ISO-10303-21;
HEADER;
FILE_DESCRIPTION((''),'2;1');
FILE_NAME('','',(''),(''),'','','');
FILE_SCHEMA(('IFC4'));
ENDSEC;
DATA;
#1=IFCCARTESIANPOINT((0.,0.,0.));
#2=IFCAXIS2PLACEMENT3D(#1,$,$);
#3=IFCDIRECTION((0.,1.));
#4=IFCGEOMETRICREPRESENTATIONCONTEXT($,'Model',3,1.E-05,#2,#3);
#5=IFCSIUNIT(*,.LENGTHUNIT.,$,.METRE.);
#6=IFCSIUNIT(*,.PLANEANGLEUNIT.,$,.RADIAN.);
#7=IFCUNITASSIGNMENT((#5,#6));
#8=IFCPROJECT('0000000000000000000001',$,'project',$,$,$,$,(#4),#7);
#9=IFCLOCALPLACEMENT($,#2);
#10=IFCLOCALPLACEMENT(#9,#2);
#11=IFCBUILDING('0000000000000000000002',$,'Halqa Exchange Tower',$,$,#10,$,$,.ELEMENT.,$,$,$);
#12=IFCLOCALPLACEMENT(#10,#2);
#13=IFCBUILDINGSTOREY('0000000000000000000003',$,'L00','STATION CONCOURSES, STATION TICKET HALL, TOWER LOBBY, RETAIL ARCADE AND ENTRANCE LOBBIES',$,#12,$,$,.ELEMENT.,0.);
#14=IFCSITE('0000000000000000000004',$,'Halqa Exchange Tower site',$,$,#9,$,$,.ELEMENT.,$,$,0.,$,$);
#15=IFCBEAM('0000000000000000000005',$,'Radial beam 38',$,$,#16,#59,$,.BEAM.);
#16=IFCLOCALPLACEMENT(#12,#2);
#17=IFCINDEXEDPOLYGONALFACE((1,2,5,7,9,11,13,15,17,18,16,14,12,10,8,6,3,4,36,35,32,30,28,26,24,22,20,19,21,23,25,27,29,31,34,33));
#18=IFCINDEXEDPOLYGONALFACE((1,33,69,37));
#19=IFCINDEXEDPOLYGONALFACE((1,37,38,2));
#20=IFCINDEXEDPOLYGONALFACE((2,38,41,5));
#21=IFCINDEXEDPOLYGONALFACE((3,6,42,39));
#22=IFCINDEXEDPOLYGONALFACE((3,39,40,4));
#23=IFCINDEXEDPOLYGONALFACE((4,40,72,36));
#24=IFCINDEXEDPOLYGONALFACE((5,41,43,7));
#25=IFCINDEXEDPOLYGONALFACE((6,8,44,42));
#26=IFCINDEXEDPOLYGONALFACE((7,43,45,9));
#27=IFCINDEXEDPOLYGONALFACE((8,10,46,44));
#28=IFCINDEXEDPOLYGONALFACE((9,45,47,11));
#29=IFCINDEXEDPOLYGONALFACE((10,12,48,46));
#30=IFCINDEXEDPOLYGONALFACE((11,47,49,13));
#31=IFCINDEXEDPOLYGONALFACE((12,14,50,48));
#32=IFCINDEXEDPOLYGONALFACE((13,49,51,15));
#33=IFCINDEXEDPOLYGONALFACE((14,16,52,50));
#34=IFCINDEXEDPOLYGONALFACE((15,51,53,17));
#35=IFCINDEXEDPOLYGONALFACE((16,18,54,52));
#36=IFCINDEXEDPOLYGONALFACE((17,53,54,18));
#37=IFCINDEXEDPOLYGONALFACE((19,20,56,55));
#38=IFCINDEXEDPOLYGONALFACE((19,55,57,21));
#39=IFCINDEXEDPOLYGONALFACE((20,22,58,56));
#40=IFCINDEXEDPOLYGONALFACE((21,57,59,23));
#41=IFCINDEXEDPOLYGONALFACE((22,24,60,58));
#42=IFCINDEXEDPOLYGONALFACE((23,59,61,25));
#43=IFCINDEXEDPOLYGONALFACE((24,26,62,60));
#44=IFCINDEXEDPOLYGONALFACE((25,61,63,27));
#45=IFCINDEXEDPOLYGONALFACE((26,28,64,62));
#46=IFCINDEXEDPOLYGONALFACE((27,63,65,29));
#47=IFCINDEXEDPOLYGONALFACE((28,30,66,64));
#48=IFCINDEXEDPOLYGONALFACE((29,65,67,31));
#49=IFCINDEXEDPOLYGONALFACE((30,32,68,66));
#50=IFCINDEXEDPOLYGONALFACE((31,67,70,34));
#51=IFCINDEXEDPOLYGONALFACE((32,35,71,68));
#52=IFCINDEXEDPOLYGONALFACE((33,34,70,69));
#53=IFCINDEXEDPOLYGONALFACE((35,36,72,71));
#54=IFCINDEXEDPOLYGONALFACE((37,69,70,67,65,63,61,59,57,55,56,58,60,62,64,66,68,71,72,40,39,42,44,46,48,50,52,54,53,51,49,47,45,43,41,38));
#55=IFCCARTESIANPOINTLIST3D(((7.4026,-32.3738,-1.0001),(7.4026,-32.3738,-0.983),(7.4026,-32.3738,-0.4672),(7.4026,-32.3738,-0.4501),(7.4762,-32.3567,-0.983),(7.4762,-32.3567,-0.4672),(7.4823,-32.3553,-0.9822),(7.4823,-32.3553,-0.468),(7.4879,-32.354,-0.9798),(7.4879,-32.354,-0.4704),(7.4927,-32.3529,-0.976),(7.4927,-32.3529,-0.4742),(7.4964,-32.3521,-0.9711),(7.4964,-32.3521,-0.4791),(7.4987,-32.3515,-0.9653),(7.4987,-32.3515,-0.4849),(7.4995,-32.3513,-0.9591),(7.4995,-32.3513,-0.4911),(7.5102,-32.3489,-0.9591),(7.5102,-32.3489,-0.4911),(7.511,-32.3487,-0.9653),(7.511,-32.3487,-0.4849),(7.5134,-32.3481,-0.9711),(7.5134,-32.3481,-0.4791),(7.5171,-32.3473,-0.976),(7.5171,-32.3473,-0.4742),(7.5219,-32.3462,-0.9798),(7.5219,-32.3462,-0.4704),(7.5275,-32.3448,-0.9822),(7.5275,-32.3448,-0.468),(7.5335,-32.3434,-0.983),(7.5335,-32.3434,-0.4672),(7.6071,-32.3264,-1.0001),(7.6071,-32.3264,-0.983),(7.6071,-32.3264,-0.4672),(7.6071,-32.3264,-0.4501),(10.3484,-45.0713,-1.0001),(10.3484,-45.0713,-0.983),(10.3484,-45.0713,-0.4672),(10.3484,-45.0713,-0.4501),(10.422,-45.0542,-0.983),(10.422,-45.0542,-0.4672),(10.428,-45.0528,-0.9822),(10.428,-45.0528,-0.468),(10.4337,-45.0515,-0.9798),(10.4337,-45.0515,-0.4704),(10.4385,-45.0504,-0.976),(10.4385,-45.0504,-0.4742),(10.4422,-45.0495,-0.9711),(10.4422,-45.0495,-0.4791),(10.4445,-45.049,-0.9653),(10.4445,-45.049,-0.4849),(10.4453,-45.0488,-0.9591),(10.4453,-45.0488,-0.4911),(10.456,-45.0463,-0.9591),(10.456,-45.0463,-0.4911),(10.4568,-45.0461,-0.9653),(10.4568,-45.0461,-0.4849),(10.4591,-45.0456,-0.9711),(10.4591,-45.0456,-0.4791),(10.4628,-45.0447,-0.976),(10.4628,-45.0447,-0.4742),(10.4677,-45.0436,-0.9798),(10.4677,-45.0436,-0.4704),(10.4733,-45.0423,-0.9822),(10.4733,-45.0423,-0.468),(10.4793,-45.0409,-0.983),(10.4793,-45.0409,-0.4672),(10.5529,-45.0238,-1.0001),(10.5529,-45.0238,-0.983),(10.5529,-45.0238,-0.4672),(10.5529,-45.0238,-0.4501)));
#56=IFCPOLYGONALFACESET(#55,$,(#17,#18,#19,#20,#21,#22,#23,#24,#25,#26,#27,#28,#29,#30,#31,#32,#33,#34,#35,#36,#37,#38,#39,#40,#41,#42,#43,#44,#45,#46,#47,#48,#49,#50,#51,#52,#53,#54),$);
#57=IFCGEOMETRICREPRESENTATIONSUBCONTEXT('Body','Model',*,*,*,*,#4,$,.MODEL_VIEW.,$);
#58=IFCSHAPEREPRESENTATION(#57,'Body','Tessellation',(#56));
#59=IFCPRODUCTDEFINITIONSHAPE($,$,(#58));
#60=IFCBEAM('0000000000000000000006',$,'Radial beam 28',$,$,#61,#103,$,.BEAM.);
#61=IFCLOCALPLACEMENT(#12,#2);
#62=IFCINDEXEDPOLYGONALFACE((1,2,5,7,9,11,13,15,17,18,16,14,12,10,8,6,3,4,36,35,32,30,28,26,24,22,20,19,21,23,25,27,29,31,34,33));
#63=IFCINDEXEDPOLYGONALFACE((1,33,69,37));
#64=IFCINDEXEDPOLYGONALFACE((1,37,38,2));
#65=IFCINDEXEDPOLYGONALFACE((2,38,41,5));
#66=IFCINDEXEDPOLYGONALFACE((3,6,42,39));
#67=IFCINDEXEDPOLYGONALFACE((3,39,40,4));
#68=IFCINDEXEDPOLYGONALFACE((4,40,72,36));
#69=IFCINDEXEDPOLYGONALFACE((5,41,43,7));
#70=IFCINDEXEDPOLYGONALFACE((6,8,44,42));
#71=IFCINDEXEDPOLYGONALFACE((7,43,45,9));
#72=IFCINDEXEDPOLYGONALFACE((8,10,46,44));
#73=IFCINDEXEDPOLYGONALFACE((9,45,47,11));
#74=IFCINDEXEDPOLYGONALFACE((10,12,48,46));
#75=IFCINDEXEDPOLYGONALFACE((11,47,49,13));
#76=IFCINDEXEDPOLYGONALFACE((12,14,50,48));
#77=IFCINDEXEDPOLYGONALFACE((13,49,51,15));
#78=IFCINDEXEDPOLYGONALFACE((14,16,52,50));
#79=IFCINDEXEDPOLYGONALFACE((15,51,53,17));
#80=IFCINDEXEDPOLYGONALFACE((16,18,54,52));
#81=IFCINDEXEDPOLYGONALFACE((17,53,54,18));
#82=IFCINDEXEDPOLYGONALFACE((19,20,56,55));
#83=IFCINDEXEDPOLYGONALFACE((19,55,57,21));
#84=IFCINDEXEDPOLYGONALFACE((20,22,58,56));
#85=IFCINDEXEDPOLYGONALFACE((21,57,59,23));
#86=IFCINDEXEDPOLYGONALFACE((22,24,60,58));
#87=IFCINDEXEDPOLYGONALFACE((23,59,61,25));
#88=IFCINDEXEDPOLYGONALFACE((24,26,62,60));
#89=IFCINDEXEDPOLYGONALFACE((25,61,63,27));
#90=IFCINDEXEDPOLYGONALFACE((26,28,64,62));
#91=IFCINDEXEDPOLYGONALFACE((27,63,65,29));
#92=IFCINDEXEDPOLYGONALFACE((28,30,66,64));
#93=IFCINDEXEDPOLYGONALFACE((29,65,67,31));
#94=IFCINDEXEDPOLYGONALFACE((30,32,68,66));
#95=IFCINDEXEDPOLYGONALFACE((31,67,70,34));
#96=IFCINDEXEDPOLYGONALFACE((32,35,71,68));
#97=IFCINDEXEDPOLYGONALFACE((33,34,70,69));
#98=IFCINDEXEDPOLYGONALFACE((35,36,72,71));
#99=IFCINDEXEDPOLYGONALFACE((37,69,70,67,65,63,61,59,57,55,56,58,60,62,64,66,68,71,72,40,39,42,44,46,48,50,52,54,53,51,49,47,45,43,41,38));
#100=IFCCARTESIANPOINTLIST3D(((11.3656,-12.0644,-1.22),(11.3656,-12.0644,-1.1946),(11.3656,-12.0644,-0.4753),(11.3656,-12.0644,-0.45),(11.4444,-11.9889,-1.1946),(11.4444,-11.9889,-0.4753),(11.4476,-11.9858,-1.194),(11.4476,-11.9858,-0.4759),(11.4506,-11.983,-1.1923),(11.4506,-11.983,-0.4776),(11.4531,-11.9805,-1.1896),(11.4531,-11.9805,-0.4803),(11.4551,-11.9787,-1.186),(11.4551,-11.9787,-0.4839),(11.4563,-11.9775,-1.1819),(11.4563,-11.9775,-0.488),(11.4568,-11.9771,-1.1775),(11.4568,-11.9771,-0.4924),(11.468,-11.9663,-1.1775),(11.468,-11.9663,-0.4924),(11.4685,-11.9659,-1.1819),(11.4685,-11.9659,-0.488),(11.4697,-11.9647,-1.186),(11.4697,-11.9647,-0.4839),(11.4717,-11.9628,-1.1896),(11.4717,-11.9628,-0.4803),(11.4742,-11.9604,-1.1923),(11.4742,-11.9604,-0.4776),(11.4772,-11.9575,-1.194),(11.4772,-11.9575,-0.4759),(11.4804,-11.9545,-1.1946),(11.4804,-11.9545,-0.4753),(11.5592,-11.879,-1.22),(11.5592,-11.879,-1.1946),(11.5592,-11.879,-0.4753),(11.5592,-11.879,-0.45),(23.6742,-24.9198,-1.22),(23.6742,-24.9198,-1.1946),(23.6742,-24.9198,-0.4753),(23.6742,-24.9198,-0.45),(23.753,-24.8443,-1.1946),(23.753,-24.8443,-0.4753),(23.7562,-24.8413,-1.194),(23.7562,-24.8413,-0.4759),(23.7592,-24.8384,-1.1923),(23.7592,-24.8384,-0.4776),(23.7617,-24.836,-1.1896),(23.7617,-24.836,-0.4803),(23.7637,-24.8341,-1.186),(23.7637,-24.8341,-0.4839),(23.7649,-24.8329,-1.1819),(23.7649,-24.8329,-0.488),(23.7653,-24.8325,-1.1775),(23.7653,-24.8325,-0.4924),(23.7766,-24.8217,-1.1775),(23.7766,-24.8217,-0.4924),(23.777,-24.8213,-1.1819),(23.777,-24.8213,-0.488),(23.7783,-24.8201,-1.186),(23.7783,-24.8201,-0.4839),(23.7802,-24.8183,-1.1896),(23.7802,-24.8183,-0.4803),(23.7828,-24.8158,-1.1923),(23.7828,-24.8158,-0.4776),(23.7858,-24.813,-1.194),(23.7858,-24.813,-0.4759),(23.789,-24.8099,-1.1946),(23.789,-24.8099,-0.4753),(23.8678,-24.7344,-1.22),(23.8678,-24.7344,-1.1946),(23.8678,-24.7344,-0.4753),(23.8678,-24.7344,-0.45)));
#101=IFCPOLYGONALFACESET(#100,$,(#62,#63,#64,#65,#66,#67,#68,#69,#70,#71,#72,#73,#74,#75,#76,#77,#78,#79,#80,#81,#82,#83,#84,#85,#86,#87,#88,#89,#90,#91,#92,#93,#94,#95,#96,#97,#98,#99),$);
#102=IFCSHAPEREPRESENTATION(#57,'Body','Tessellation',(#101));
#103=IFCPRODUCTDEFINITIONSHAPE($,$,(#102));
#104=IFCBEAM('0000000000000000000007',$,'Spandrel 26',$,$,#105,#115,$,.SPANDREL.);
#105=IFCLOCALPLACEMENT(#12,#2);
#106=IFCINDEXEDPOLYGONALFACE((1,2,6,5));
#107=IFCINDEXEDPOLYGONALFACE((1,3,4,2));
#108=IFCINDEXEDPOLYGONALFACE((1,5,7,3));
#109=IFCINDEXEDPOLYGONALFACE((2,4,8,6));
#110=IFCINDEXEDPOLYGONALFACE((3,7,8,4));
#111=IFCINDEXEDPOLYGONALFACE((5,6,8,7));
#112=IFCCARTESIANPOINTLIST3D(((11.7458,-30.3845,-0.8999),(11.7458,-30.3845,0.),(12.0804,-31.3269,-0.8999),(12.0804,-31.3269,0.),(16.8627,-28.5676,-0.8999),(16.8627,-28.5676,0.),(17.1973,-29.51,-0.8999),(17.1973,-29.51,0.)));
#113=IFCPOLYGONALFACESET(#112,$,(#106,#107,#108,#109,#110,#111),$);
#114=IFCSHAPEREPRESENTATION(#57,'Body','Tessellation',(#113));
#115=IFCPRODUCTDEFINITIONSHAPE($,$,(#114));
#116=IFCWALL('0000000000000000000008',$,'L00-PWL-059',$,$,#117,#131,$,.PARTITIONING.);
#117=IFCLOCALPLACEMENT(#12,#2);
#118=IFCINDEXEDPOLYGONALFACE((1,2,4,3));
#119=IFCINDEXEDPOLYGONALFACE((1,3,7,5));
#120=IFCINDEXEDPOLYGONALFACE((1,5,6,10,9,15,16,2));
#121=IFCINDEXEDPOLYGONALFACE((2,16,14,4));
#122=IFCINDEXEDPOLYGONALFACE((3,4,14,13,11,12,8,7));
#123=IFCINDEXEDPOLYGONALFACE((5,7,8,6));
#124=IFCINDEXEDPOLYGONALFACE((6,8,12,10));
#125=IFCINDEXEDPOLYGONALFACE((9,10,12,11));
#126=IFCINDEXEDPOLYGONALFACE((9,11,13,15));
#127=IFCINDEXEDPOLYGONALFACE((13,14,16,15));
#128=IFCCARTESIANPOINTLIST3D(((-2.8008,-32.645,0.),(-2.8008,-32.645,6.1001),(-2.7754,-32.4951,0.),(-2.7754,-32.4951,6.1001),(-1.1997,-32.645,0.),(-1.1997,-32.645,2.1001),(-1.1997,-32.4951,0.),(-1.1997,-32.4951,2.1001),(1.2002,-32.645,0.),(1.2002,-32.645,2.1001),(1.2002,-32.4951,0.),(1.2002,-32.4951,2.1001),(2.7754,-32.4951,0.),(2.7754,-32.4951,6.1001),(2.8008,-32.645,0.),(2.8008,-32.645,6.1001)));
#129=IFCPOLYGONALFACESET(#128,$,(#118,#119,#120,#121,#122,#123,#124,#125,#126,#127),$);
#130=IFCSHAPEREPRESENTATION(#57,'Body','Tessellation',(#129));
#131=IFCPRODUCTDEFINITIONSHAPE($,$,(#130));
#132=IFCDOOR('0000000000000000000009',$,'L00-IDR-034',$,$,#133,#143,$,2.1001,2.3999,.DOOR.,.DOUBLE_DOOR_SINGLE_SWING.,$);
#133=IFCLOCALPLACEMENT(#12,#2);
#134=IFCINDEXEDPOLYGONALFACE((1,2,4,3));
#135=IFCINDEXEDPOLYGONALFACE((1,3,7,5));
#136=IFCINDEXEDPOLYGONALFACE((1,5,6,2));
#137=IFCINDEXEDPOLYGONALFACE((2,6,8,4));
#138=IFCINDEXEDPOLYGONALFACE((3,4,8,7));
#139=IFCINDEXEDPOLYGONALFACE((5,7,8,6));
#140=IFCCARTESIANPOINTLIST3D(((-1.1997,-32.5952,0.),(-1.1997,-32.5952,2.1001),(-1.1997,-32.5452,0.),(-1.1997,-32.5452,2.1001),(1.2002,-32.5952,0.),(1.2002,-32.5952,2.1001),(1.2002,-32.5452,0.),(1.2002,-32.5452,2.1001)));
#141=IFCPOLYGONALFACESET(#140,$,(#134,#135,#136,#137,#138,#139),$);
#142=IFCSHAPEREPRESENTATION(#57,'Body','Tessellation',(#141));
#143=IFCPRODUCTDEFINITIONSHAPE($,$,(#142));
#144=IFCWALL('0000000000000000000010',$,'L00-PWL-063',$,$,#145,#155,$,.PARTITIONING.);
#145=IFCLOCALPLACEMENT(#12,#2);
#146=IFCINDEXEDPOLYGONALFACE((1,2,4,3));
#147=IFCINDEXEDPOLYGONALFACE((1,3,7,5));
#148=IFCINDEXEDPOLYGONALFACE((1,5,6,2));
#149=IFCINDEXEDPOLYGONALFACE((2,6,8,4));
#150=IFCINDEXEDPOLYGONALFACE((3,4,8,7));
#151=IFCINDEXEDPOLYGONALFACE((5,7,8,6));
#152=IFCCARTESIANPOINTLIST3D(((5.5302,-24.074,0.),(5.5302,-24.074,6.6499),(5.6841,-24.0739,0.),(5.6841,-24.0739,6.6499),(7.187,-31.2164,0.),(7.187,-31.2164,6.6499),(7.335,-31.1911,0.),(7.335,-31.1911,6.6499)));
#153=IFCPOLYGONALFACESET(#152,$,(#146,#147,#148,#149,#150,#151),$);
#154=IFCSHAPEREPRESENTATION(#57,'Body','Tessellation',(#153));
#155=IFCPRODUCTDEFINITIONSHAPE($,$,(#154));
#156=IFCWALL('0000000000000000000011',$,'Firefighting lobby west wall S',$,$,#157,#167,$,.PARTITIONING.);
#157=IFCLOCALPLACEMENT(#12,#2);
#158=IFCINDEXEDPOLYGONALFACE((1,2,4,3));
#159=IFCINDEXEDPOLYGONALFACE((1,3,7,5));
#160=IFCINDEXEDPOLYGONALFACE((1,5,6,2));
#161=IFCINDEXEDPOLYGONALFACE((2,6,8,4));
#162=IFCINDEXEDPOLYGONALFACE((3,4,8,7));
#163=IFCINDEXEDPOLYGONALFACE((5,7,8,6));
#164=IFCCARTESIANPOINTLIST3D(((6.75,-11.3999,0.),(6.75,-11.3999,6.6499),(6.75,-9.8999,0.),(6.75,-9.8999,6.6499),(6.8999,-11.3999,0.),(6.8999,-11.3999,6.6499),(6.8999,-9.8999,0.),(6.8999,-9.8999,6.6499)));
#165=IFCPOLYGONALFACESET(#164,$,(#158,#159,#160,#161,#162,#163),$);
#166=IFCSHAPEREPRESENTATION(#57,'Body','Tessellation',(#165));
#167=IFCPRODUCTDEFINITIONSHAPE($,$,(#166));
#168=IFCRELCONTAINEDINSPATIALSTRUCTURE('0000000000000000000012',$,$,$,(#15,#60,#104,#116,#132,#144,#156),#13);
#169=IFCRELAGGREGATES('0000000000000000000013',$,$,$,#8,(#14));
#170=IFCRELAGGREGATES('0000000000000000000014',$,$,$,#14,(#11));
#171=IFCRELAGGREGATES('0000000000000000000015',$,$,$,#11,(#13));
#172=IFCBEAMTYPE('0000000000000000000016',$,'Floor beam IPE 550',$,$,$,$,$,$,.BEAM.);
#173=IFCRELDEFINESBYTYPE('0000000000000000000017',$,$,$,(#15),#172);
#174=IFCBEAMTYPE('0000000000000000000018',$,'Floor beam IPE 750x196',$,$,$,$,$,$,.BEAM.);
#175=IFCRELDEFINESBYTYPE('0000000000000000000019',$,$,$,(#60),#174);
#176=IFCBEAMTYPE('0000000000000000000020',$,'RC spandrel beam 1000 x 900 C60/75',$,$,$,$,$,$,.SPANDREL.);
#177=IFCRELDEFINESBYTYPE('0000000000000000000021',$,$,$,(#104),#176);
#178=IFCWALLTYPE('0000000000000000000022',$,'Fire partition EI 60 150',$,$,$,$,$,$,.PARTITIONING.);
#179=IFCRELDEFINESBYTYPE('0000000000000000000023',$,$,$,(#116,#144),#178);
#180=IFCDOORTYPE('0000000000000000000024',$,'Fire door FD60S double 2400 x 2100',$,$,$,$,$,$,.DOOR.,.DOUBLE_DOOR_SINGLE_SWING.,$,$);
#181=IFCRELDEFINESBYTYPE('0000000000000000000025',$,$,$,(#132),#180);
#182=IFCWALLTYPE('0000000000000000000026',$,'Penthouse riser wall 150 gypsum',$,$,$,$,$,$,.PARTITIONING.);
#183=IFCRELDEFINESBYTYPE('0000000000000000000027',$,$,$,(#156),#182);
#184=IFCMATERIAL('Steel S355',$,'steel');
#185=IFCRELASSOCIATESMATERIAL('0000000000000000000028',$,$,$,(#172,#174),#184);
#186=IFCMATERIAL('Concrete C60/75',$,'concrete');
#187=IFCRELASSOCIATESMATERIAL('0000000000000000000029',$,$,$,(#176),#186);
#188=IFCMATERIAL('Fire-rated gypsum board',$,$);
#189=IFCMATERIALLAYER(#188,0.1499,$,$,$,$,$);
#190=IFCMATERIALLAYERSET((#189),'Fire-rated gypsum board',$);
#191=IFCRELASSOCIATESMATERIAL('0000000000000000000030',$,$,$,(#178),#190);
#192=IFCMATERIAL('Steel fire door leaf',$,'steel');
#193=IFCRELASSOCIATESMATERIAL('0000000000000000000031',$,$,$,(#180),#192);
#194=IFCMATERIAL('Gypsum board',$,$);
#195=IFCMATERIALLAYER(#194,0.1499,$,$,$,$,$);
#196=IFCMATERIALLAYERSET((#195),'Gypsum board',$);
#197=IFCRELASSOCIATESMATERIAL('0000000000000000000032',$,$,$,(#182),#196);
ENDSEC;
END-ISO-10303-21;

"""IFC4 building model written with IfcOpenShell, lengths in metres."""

from ifc_helpers import new_model, si_unit, direction, frame, frame_2d, origin, origin_2d, place, context, subcontext, project, spatial, polyline, rectangle, i_section, outline, extrude, material, layer, layer_set, material_profile, profile_set, type_object, element, fill, save


model = new_model("IFC4")

# Units and contexts
model_context = context("Model", 3, precision=1e-05, world=origin(), true_north=direction((0.0, 1.0)))
body_context = subcontext(model_context, "Body", "Model", "MODEL_VIEW")
ifc_project = project(units=[si_unit("LENGTHUNIT", "METRE"), si_unit("PLANEANGLEUNIT", "RADIAN")], contexts=[model_context])

# Site, building, storey
site_placement = place(None, origin())
site = spatial("IfcSite", under=ifc_project, at=site_placement, Name="Halqa Exchange Tower site", CompositionType="ELEMENT", RefElevation=0.0)
building_placement = place(site_placement, origin())
building = spatial("IfcBuilding", under=site, at=building_placement, Name="Halqa Exchange Tower", CompositionType="ELEMENT")
storey_placement = place(building_placement, origin())
storey = spatial("IfcBuildingStorey", under=building, at=storey_placement, Name="L00", Description="STATION CONCOURSES, STATION TICKET HALL, TOWER LOBBY, RETAIL ARCADE AND ENTRANCE LOBBIES", CompositionType="ELEMENT", Elevation=0.0)

# Beams
ifc_material_1 = material(Name="Steel S355", Category="steel")
ifc_material_profile_1 = material_profile(ifc_material_1, i_section(OverallWidth=0.21, OverallDepth=0.55, WebThickness=0.011, FlangeThickness=0.0171, FilletRadius=0.0239, at=origin_2d()), Name="IPE 550")
ifc_profile_set_1 = profile_set([ifc_material_profile_1], Name="Steel S355")
beam_type_1 = type_object("IfcBeamType", Name="Floor beam IPE 550", PredefinedType="BEAM", material=ifc_profile_set_1)
beam_1_placement = place(storey_placement, frame((7.5049, -32.3501, -0.7251), z_axis=(0.225996, -0.974128, 0.0), x_axis=(0.974128, 0.225996, 0.0)))
element("IfcBeam", 1, at=beam_1_placement, inside=storey, type_object=beam_type_1, Name="Radial beam 38", PredefinedType="BEAM", context=body_context, shape_type="SweptSolid", body=[
    extrude(i_section(OverallWidth=0.21, OverallDepth=0.55, WebThickness=0.011, FlangeThickness=0.0171, FilletRadius=0.0239, at=origin_2d()), origin(), (0.0, 0.0, 1.0), 13.0347),
])
ifc_material_profile_2 = material_profile(ifc_material_1, i_section(OverallWidth=0.2681, OverallDepth=0.77, WebThickness=0.0156, FlangeThickness=0.0254, FilletRadius=0.0171, at=origin_2d()), Name="IPE 750x196")
ifc_profile_set_2 = profile_set([ifc_material_profile_2], Name="Steel S355")
beam_type_2 = type_object("IfcBeamType", Name="Floor beam IPE 750x196", PredefinedType="BEAM", material=ifc_profile_set_2)
beam_2_placement = place(storey_placement, frame((11.4624, -11.9717, -0.835), z_axis=(0.691576, -0.722303, 0.0), x_axis=(0.722303, 0.691576, 0.0)))
element("IfcBeam", 2, at=beam_2_placement, inside=storey, type_object=beam_type_2, Name="Radial beam 28", PredefinedType="BEAM", context=body_context, shape_type="SweptSolid", body=[
    extrude(i_section(OverallWidth=0.2681, OverallDepth=0.77, WebThickness=0.0156, FlangeThickness=0.0254, FilletRadius=0.0171, at=origin_2d()), origin(), (0.0, 0.0, 1.0), 17.7979),
])
ifc_material_2 = material(Name="Concrete C60/75", Category="concrete")
ifc_material_profile_3 = material_profile(ifc_material_2, rectangle(XDim=1.0, YDim=0.8999, at=origin_2d()), Name="1000 x 900")
ifc_profile_set_3 = profile_set([ifc_material_profile_3], Name="Concrete C60/75")
beam_type_3 = type_object("IfcBeamType", Name="RC spandrel beam 1000 x 900 C60/75", PredefinedType="SPANDREL", material=ifc_profile_set_3)
beam_3_placement = place(storey_placement, frame((11.9131, -30.8557, -0.45), z_axis=(0.942358, 0.334607, 0.0), x_axis=(-0.334607, 0.942358, 0.0)))
element("IfcBeam", 3, at=beam_3_placement, inside=storey, type_object=beam_type_3, Name="Spandrel 26", PredefinedType="SPANDREL", context=body_context, shape_type="SweptSolid", body=[
    extrude(rectangle(XDim=1.0, YDim=0.8999, at=origin_2d()), origin(), (0.0, 0.0, 1.0), 5.4299),
])

# Wall, opening, door
ifc_material_3 = material(Name="Fire-rated gypsum board")
ifc_layer_1 = layer(ifc_material_3, 0.1499)
ifc_layer_set_1 = layer_set([ifc_layer_1], Name="Fire-rated gypsum board")
wall_type_1 = type_object("IfcWallType", Name="Fire partition EI 60 150", PredefinedType="PARTITIONING", material=ifc_layer_set_1)
wall_1_placement = place(storey_placement, frame((2.7881, -32.5701, 0.0), z_axis=(0.0, 0.0, 1.0), x_axis=(-1.0, 0.0, 0.0)))
wall_1 = element("IfcWall", 4, at=wall_1_placement, inside=storey, type_object=wall_type_1, Name="L00-PWL-059", PredefinedType="PARTITIONING", context=body_context, shape_type="SweptSolid", body=[
    extrude(outline(polyline([(0.0127, -0.075), (5.5635, -0.075), (5.5889, 0.075), (-0.0127, 0.075), (0.0127, -0.075)])), origin(), (0.0, 0.0, 1.0), 6.1001),
])
opening_1_placement = place(wall_1_placement, frame((1.5879, 0.0, 0.0)))
opening_1 = element("IfcOpeningElement", 5, at=opening_1_placement, cuts=wall_1, PredefinedType="OPENING", context=body_context, shape_type="SweptSolid", body=[
    extrude(rectangle(XDim=2.3999, YDim=2.1001, at=frame_2d((1.2, 1.05))), frame((0.0, 0.0869, 0.0), z_axis=(0.0, -1.0, 0.0), x_axis=(1.0, 0.0, 0.0)), (0.0, 0.0, 1.0), 0.1738),
])
ifc_material_4 = material(Name="Steel fire door leaf", Category="steel")
door_type_1 = type_object("IfcDoorType", Name="Fire door FD60S double 2400 x 2100", OperationType="DOUBLE_DOOR_SINGLE_SWING", PredefinedType="DOOR", material=ifc_material_4)
door_1_placement = place(opening_1_placement, frame((2.3999, 0.0, 0.0), z_axis=(0.0, 0.0, 1.0), x_axis=(-1.0, 0.0, 0.0)))
door_1 = element("IfcDoor", 6, at=door_1_placement, inside=storey, type_object=door_type_1, Name="L00-IDR-034", OperationType="DOUBLE_DOOR_SINGLE_SWING", OverallHeight=2.1001, OverallWidth=2.3999, PredefinedType="DOOR", context=body_context, shape_type="SweptSolid", body=[
    extrude(rectangle(XDim=2.3999, YDim=2.1001, at=frame_2d((1.2, 1.05))), frame((0.0, 0.0249, 0.0), z_axis=(0.0, -1.0, 0.0), x_axis=(1.0, 0.0, 0.0)), (0.0, 0.0, 1.0), 0.05),
])
fill(opening_1, door_1)

# Walls
wall_2_placement = place(storey_placement, frame((5.6072, -24.074, 0.0), z_axis=(0.0, 0.0, 1.0), x_axis=(0.225956, -0.974138, 0.0)))
element("IfcWall", 7, at=wall_2_placement, inside=storey, type_object=wall_type_1, Name="L00-PWL-063", PredefinedType="PARTITIONING", context=body_context, shape_type="SweptSolid", body=[
    extrude(outline(polyline([(-0.0173, -0.075), (7.3147, -0.075), (7.3235, 0.075), (0.0173, 0.075), (-0.0173, -0.075)])), origin(), (0.0, 0.0, 1.0), 6.6499),
])
ifc_material_5 = material(Name="Gypsum board")
ifc_layer_2 = layer(ifc_material_5, 0.1499)
ifc_layer_set_2 = layer_set([ifc_layer_2], Name="Gypsum board")
wall_type_2 = type_object("IfcWallType", Name="Penthouse riser wall 150 gypsum", PredefinedType="PARTITIONING", material=ifc_layer_set_2)
wall_3_placement = place(storey_placement, frame((6.825, -11.3999, 0.0), z_axis=(0.0, 0.0, 1.0), x_axis=(0.0, 1.0, 0.0)))
element("IfcWall", 8, at=wall_3_placement, inside=storey, type_object=wall_type_2, Name="Firefighting lobby west wall S", PredefinedType="PARTITIONING", context=body_context, shape_type="SweptSolid", body=[
    extrude(rectangle(XDim=1.5, YDim=0.1499, at=frame_2d((0.75, 0.0))), origin(), (0.0, 0.0, 1.0), 6.6499),
])

save(model, "model.ifc")
